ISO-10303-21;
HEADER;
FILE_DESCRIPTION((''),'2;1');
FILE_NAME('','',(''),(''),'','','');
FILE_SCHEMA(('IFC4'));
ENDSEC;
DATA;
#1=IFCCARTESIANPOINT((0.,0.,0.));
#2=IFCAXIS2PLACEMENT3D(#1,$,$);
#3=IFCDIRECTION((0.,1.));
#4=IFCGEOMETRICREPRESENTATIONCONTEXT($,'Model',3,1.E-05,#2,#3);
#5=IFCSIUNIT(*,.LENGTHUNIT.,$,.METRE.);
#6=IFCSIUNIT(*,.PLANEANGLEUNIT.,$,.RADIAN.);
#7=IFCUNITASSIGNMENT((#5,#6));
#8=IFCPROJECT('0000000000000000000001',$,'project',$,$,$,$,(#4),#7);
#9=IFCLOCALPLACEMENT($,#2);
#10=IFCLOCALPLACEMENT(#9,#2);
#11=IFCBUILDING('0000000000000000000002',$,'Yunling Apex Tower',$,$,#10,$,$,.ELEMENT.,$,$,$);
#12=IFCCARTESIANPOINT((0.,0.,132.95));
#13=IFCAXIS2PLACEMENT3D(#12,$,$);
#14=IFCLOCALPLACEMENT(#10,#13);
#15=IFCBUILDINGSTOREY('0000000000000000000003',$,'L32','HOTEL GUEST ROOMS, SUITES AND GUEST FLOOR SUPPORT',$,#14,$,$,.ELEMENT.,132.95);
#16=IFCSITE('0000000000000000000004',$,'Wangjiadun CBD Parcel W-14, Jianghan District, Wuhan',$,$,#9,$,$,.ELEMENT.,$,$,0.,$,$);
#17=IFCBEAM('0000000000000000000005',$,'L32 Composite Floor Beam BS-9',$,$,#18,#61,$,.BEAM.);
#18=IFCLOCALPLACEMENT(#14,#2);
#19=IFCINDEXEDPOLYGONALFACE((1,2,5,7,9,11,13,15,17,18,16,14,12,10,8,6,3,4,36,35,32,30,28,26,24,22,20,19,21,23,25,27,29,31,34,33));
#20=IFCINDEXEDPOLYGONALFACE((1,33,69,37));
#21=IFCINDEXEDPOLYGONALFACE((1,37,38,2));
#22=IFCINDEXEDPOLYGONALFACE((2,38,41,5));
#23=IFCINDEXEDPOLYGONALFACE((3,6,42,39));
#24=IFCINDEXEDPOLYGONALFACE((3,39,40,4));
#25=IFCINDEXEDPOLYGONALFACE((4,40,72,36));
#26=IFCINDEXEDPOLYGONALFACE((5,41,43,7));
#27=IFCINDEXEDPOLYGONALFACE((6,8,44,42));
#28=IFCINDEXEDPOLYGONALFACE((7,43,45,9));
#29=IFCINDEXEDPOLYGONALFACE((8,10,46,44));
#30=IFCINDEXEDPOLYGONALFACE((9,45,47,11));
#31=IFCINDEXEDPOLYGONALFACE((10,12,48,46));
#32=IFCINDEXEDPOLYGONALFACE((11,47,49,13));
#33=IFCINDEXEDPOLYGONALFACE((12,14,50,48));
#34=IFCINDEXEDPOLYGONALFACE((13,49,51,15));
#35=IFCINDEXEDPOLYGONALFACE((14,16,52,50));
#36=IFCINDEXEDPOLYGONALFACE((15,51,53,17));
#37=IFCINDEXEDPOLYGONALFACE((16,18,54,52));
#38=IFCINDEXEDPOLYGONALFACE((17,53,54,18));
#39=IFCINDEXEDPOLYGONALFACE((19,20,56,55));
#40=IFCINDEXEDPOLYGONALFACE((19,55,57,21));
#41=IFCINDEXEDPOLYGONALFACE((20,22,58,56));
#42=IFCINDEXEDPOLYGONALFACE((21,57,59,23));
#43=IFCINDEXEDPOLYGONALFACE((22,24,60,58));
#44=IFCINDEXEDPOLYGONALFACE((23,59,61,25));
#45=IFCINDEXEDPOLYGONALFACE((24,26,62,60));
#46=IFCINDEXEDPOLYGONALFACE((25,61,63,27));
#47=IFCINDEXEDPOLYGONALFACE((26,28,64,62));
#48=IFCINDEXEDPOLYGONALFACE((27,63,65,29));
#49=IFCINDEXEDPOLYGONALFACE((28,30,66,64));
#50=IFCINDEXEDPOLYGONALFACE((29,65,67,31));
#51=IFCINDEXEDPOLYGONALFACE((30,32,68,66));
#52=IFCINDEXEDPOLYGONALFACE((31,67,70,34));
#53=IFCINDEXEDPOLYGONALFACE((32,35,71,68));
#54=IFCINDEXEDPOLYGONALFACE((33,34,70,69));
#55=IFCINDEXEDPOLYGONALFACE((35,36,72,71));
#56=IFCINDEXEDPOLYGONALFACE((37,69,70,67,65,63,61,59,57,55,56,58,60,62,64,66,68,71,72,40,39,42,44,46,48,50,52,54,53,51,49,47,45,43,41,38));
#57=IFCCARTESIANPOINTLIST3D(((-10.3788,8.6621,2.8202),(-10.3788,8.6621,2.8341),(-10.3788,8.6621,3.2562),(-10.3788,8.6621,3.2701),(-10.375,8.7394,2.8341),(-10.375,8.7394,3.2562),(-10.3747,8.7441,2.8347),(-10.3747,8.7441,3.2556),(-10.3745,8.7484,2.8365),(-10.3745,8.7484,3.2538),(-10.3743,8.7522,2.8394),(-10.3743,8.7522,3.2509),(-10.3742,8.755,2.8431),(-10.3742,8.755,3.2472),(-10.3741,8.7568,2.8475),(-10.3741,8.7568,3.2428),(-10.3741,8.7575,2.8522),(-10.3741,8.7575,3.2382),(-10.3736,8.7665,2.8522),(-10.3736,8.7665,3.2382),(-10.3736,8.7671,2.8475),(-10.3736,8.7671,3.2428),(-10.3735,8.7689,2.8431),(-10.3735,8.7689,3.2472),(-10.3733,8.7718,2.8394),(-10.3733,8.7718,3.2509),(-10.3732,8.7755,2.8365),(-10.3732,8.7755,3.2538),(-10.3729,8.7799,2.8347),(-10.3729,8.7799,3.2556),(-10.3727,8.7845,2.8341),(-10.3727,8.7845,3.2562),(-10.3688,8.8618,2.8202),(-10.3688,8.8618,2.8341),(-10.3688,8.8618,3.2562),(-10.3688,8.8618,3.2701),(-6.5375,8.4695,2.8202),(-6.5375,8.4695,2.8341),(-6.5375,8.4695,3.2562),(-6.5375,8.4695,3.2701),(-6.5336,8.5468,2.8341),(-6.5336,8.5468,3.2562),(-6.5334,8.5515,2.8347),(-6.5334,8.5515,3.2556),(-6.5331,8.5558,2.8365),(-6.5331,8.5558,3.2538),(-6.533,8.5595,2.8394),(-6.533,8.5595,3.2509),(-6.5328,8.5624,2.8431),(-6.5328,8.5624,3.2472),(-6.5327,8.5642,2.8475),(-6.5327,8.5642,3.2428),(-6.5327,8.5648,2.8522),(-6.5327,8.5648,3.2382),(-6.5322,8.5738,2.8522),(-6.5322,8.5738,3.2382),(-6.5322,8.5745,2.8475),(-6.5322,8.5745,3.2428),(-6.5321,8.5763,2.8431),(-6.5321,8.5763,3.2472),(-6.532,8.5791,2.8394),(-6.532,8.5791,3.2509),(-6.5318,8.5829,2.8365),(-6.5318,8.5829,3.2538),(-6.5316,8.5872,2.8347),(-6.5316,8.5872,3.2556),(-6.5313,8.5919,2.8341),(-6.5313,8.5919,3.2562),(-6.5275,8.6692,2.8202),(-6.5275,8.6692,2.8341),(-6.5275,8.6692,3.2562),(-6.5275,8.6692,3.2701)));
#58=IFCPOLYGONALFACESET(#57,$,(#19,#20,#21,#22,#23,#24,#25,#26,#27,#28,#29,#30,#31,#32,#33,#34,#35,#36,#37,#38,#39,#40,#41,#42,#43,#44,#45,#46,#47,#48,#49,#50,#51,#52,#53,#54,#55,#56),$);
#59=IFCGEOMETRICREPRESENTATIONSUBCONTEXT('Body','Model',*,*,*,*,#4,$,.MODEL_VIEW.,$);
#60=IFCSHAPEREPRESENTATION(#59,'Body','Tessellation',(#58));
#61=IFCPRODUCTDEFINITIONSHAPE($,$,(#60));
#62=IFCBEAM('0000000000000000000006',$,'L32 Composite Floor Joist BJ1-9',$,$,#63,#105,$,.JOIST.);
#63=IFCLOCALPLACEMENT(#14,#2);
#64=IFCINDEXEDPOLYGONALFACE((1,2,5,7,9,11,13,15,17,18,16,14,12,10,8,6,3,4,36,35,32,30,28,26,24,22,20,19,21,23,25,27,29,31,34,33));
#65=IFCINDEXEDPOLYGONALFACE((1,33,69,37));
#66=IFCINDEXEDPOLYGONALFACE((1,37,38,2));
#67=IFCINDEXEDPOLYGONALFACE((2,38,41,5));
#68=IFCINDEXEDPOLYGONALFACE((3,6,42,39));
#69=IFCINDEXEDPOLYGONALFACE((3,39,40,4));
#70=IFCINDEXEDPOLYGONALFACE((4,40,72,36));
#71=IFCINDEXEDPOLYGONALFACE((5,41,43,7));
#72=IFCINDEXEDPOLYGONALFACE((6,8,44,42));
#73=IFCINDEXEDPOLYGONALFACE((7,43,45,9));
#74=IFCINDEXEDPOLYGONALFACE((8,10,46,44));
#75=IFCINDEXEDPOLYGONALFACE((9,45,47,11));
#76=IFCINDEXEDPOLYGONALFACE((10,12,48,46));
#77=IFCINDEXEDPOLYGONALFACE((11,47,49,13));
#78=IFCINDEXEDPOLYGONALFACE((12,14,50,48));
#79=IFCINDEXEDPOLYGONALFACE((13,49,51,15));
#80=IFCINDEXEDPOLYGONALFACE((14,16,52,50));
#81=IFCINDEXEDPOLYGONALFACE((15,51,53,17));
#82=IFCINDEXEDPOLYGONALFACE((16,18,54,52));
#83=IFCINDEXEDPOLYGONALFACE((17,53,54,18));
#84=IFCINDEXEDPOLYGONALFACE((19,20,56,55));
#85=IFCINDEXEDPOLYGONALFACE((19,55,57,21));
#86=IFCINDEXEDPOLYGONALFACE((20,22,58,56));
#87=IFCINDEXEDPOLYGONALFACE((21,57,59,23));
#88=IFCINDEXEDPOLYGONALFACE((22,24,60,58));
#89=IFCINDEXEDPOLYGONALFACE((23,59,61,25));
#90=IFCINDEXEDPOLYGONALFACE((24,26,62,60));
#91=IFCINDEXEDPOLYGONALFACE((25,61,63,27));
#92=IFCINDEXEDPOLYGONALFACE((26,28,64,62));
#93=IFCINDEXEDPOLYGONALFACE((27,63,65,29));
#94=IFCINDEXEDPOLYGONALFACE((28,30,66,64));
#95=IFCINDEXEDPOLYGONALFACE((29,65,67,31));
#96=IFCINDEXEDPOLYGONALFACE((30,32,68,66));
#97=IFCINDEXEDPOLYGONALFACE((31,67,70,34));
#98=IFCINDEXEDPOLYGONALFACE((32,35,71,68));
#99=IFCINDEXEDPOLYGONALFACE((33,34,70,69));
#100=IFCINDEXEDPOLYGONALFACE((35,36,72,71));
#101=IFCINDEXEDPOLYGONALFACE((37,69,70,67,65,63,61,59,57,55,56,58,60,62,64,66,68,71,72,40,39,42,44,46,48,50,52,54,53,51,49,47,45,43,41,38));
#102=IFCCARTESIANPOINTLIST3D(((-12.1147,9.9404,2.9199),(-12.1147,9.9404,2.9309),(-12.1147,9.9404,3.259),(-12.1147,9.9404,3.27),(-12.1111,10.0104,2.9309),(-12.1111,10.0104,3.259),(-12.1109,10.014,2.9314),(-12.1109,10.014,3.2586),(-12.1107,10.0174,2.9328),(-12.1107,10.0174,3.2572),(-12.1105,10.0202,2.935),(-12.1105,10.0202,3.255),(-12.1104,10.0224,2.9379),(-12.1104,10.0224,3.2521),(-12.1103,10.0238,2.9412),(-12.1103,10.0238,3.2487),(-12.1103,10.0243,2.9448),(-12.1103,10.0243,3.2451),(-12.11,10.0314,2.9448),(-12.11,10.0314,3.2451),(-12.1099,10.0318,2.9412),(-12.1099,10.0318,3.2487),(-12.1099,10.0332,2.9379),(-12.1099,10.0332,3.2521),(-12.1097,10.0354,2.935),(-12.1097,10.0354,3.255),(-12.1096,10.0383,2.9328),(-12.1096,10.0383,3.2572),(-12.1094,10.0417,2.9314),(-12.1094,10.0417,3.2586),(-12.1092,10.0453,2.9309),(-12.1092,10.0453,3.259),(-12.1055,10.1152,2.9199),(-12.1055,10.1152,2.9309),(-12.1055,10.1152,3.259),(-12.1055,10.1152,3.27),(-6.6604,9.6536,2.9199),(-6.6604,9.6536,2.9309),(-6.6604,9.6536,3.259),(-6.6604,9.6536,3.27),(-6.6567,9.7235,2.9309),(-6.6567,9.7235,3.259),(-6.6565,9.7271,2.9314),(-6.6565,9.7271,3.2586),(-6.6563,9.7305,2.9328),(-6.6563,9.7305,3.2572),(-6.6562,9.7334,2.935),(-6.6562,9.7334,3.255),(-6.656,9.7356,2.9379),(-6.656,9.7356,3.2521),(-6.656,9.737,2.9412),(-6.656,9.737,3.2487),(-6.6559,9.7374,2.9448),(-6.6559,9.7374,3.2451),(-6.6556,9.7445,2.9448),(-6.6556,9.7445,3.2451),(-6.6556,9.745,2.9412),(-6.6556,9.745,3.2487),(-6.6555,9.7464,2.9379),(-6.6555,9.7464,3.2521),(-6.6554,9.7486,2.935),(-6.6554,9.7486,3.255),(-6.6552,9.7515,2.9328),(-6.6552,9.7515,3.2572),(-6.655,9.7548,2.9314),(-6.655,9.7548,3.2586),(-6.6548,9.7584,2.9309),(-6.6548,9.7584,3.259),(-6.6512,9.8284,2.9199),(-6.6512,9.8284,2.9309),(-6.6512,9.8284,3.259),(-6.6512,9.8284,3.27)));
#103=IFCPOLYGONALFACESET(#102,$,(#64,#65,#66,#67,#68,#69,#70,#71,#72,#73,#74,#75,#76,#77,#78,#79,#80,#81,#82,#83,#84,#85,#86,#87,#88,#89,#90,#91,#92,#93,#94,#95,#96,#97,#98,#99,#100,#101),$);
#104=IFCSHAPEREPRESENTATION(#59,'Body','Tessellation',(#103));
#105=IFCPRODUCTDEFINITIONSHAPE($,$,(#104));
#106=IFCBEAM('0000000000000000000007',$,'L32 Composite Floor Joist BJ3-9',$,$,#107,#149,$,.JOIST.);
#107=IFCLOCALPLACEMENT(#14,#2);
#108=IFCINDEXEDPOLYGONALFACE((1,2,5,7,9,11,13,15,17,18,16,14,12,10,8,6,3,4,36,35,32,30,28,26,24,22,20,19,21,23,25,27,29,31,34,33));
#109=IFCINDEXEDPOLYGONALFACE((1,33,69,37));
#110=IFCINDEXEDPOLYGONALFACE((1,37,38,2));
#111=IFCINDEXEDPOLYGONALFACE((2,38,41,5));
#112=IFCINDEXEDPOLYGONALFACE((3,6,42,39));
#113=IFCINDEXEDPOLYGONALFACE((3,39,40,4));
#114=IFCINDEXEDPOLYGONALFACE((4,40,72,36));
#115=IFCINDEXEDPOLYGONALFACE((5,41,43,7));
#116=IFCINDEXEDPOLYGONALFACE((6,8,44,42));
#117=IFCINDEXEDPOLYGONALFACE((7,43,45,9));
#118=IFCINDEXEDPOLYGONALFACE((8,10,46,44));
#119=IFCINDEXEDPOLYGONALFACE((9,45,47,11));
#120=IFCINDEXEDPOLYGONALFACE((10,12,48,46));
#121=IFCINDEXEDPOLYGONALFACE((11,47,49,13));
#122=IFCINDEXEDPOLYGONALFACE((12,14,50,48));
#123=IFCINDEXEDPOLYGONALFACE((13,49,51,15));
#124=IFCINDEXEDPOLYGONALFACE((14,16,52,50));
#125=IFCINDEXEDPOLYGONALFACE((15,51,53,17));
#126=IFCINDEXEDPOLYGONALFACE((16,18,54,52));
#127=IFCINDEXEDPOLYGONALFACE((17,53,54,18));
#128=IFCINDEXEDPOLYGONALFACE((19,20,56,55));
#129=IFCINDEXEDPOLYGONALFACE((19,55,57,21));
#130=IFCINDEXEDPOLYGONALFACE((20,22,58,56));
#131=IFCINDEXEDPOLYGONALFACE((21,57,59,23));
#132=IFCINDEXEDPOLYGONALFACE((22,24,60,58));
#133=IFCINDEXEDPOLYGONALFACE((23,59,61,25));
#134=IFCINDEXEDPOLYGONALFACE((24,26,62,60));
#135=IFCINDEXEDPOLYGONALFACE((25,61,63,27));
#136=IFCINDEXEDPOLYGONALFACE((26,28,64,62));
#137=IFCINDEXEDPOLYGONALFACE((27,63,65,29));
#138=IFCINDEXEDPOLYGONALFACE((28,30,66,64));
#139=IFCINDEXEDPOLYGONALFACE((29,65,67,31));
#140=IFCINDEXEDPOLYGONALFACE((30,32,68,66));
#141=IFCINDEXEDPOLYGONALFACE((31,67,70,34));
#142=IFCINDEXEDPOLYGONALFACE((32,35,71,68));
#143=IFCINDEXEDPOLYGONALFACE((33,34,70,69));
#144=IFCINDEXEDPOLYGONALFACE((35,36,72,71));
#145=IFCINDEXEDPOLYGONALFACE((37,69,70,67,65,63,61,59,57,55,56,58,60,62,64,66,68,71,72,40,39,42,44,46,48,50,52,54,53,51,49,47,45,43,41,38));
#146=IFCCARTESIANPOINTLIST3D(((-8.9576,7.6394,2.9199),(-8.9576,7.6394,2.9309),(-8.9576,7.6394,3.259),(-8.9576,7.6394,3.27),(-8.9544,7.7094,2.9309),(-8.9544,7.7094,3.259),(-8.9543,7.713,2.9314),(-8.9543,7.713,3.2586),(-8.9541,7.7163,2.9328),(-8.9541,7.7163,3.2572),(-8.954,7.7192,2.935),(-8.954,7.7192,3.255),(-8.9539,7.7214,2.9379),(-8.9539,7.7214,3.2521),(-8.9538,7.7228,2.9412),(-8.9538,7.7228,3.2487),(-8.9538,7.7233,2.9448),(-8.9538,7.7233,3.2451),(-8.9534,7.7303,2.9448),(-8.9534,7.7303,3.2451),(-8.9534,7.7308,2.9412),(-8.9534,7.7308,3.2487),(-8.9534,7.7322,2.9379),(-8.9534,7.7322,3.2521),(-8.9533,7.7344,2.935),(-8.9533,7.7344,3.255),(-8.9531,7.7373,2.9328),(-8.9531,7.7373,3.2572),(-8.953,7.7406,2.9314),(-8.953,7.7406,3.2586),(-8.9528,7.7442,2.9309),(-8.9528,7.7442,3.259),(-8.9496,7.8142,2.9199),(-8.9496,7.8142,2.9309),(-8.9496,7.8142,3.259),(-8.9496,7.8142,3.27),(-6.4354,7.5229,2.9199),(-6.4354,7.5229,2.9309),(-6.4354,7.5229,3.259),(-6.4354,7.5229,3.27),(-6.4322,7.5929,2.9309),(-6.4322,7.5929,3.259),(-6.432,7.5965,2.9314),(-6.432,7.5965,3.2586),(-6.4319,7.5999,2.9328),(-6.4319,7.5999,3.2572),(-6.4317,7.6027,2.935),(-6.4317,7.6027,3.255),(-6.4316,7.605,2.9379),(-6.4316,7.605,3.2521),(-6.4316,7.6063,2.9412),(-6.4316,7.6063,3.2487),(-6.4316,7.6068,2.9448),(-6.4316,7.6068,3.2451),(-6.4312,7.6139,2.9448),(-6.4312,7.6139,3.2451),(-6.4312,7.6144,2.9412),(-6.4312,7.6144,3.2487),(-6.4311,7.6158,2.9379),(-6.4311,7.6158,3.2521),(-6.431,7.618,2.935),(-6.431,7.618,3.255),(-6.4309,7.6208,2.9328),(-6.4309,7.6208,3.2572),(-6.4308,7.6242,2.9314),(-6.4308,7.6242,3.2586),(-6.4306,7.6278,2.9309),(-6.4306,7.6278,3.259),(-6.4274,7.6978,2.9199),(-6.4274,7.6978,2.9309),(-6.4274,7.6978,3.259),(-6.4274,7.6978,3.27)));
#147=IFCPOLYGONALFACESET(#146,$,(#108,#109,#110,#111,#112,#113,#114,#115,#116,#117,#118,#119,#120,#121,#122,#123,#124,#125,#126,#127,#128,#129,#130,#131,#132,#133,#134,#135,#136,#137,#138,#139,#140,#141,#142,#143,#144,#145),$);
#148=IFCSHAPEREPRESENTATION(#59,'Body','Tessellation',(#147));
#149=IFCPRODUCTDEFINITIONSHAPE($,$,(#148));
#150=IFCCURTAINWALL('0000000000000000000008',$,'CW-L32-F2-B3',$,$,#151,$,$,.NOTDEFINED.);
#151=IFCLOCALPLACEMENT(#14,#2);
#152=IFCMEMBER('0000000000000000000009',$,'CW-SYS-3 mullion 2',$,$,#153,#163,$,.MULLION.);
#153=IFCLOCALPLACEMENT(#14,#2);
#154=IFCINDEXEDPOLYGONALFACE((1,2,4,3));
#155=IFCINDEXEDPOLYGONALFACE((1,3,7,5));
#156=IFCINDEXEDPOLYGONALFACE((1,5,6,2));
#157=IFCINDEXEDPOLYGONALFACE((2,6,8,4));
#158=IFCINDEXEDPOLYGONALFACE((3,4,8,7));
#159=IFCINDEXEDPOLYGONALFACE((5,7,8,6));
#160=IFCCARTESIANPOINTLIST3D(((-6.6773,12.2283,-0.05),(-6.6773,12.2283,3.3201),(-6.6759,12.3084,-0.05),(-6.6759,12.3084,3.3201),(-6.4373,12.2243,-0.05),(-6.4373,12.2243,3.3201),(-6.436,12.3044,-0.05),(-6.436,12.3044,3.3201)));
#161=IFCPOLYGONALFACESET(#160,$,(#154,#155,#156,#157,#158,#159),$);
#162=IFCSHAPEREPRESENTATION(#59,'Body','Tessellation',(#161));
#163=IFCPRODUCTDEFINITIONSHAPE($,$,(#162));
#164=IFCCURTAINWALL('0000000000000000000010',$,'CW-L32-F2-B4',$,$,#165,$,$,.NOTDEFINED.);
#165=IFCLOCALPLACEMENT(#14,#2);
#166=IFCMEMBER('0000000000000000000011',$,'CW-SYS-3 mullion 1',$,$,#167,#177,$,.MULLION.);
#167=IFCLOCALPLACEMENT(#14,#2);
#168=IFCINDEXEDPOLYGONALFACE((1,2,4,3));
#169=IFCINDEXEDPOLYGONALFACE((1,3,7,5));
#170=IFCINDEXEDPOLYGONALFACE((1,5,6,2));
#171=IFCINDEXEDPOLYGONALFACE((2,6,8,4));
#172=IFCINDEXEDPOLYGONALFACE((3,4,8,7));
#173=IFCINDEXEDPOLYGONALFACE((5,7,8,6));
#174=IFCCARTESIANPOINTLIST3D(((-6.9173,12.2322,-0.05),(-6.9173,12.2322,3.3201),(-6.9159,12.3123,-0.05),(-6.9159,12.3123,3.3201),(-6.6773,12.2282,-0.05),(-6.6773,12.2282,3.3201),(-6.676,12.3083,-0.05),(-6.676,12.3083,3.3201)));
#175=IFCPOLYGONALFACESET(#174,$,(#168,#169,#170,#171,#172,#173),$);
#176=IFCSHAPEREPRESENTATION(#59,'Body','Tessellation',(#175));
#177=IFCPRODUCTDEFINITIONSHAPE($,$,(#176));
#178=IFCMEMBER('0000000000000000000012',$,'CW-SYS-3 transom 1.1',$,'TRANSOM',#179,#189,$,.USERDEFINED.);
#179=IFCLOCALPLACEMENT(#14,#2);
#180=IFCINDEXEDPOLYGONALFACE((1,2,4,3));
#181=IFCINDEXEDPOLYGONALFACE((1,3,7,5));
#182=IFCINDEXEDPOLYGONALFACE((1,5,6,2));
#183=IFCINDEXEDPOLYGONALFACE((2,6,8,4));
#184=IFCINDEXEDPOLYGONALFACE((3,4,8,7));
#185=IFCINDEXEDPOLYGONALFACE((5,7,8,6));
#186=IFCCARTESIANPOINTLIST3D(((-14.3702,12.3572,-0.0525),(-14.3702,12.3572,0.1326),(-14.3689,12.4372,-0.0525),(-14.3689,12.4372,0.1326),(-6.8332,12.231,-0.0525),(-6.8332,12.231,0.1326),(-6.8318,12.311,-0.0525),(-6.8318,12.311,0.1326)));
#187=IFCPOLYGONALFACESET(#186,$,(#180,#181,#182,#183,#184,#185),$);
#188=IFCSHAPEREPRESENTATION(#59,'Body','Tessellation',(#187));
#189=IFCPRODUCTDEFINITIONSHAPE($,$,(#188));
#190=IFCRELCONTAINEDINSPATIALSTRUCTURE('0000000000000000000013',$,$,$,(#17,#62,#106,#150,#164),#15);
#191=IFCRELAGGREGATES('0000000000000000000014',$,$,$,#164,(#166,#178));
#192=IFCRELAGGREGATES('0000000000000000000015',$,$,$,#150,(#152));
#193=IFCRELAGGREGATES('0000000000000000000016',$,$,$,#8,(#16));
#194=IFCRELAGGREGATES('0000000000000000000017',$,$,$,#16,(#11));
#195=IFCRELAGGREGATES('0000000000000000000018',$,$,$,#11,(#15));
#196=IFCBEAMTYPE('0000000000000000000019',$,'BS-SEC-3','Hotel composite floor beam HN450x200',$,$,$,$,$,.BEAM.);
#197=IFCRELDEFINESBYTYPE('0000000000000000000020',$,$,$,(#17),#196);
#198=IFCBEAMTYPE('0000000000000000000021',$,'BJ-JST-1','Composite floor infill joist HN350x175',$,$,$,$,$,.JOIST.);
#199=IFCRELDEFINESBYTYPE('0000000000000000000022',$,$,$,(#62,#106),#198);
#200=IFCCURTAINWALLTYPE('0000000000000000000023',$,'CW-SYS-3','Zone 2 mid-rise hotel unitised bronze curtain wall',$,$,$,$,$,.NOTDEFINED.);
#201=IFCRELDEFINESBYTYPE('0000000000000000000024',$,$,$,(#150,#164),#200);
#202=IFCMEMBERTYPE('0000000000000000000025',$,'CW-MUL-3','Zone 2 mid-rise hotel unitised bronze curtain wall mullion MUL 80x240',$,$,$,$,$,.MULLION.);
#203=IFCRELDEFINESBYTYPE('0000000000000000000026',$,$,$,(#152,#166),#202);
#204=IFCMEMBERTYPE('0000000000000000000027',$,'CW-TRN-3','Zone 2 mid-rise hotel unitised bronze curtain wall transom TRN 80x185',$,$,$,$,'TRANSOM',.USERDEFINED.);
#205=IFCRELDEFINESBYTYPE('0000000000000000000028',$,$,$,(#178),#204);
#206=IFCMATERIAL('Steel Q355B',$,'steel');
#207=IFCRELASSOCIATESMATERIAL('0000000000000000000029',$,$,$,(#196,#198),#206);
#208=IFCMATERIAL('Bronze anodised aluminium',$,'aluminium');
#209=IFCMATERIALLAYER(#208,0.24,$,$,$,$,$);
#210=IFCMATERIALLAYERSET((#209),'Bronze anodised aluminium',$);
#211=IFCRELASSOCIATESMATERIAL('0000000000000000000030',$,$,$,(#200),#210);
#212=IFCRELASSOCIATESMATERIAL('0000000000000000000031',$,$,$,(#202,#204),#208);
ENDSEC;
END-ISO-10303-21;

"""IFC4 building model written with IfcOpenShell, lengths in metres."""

from ifc_helpers import new_model, si_unit, direction, frame, origin, origin_2d, place, context, subcontext, project, spatial, rectangle, i_section, extrude, source, transform, mapped, material, layer, layer_set, material_profile, profile_set, type_object, element, aggregate, save


model = new_model("IFC4")

# Units and contexts
model_context = context("Model", 3, precision=1e-05, world=origin(), true_north=direction((0.0, 1.0)))
body_context = subcontext(model_context, "Body", "Model", "MODEL_VIEW")
ifc_project = project(units=[si_unit("LENGTHUNIT", "METRE"), si_unit("PLANEANGLEUNIT", "RADIAN")], contexts=[model_context])

# Site, building, storey
site_placement = place(None, origin())
site = spatial("IfcSite", under=ifc_project, at=site_placement, Name="Wangjiadun CBD Parcel W-14, Jianghan District, Wuhan", CompositionType="ELEMENT", RefElevation=0.0)
building_placement = place(site_placement, origin())
building = spatial("IfcBuilding", under=site, at=building_placement, Name="Yunling Apex Tower", CompositionType="ELEMENT")
storey_placement = place(building_placement, frame((0.0, 0.0, 132.95)))
storey = spatial("IfcBuildingStorey", under=building, at=storey_placement, Name="L32", Description="HOTEL GUEST ROOMS, SUITES AND GUEST FLOOR SUPPORT", CompositionType="ELEMENT", Elevation=132.95)

# Beams
ifc_material_1 = material(Name="Steel Q355B", Category="steel")
ifc_material_profile_1 = material_profile(ifc_material_1, i_section(OverallWidth=0.2, OverallDepth=0.45, WebThickness=0.009, FlangeThickness=0.0139, FilletRadius=0.0181, at=origin_2d()))
ifc_profile_set_1 = profile_set([ifc_material_profile_1], Name="Steel Q355B")
beam_type_1 = type_object("IfcBeamType", Name="BS-SEC-3", Description="Hotel composite floor beam HN450x200", PredefinedType="BEAM", material=ifc_profile_set_1)
shared_shape_1 = source(origin(), body_context, "Body", "SweptSolid", [
    extrude(i_section(OverallWidth=0.2, OverallDepth=0.45, WebThickness=0.009, FlangeThickness=0.0139, FilletRadius=0.0181, at=origin_2d()), origin(), (0.0, 0.0, 1.0), 3.8462),
])
beam_1_placement = place(storey_placement, frame((-6.5325, 8.5693, 3.0452), z_axis=(-0.998745, 0.050083, 0.0), x_axis=(-0.050083, -0.998745, 0.0)))
element("IfcBeam", 1, at=beam_1_placement, inside=storey, type_object=beam_type_1, Name="L32 Composite Floor Beam BS-9", PredefinedType="BEAM", context=body_context, shape_type="MappedRepresentation", body=[
    mapped(shared_shape_1, transform((0.0, 0.0, 0.0), scale=1.0)),
])
ifc_material_profile_2 = material_profile(ifc_material_1, i_section(OverallWidth=0.175, OverallDepth=0.3501, WebThickness=0.0071, FlangeThickness=0.011, FilletRadius=0.0139, at=origin_2d()))
ifc_profile_set_2 = profile_set([ifc_material_profile_2], Name="Steel Q355B")
beam_type_2 = type_object("IfcBeamType", Name="BJ-JST-1", Description="Composite floor infill joist HN350x175", PredefinedType="JOIST", material=ifc_profile_set_2)
shared_shape_2 = source(origin(), body_context, "Body", "SweptSolid", [
    extrude(i_section(OverallWidth=0.175, OverallDepth=0.3501, WebThickness=0.0071, FlangeThickness=0.011, FilletRadius=0.0139, at=origin_2d()), origin(), (0.0, 0.0, 1.0), 5.4619),
])
beam_2_placement = place(storey_placement, frame((-6.6558, 9.741, 3.095), z_axis=(-0.99862, 0.052521, 0.0), x_axis=(-0.052521, -0.99862, 0.0)))
element("IfcBeam", 2, at=beam_2_placement, inside=storey, type_object=beam_type_2, Name="L32 Composite Floor Joist BJ1-9", PredefinedType="JOIST", context=body_context, shape_type="MappedRepresentation", body=[
    mapped(shared_shape_2, transform((0.0, 0.0, 0.0), scale=1.0)),
])
shared_shape_3 = source(origin(), body_context, "Body", "SweptSolid", [
    extrude(i_section(OverallWidth=0.175, OverallDepth=0.3501, WebThickness=0.0071, FlangeThickness=0.011, FilletRadius=0.0139, at=origin_2d()), origin(), (0.0, 0.0, 1.0), 2.5249),
])
beam_3_placement = place(storey_placement, frame((-6.4314, 7.6104, 3.095), z_axis=(-0.998936, 0.046123, 0.0), x_axis=(-0.046123, -0.998936, 0.0)))
element("IfcBeam", 3, at=beam_3_placement, inside=storey, type_object=beam_type_2, Name="L32 Composite Floor Joist BJ3-9", PredefinedType="JOIST", context=body_context, shape_type="MappedRepresentation", body=[
    mapped(shared_shape_3, transform((0.0, 0.0, 0.0), scale=1.0)),
])

# Curtain wall, member
ifc_material_2 = material(Name="Bronze anodised aluminium", Category="aluminium")
ifc_layer_1 = layer(ifc_material_2, 0.24)
ifc_layer_set_1 = layer_set([ifc_layer_1], Name="Bronze anodised aluminium")
curtain_wall_type = type_object("IfcCurtainWallType", Name="CW-SYS-3", Description="Zone 2 mid-rise hotel unitised bronze curtain wall", PredefinedType="NOTDEFINED", material=ifc_layer_set_1)
curtain_wall_1_placement = place(storey_placement, origin())
curtain_wall_1 = element("IfcCurtainWall", 4, at=curtain_wall_1_placement, inside=storey, type_object=curtain_wall_type, Name="CW-L32-F2-B3", PredefinedType="NOTDEFINED")
ifc_material_profile_3 = material_profile(ifc_material_2, rectangle(XDim=0.0801, YDim=0.24, at=origin_2d()))
ifc_profile_set_3 = profile_set([ifc_material_profile_3], Name="Bronze anodised aluminium")
member_type_1 = type_object("IfcMemberType", Name="CW-MUL-3", Description="Zone 2 mid-rise hotel unitised bronze curtain wall mullion MUL 80x240", PredefinedType="MULLION", material=ifc_profile_set_3)
shared_shape_4 = source(origin(), body_context, "Body", "SweptSolid", [
    extrude(rectangle(XDim=0.0801, YDim=0.24, at=origin_2d()), origin(), (0.0, 0.0, 1.0), 3.3701),
])
member_1_placement = place(storey_placement, frame((-6.5566, 12.2664, -0.05), z_axis=(0.0, 0.0, 1.0), x_axis=(-0.016762, -0.99986, 0.0)))
member_1 = element("IfcMember", 5, at=member_1_placement, type_object=member_type_1, Name="CW-SYS-3 mullion 2", PredefinedType="MULLION", context=body_context, shape_type="MappedRepresentation", body=[
    mapped(shared_shape_4, transform((0.0, 0.0, 0.0), scale=1.0)),
])

# Curtain wall, members
curtain_wall_2_placement = place(storey_placement, origin())
curtain_wall_2 = element("IfcCurtainWall", 6, at=curtain_wall_2_placement, inside=storey, type_object=curtain_wall_type, Name="CW-L32-F2-B4", PredefinedType="NOTDEFINED")
member_2_placement = place(storey_placement, frame((-6.7966, 12.2703, -0.05), z_axis=(0.0, 0.0, 1.0), x_axis=(-0.016762, -0.99986, 0.0)))
member_2 = element("IfcMember", 7, at=member_2_placement, type_object=member_type_1, Name="CW-SYS-3 mullion 1", PredefinedType="MULLION", context=body_context, shape_type="MappedRepresentation", body=[
    mapped(shared_shape_4, transform((0.0, 0.0, 0.0), scale=1.0)),
])
ifc_material_profile_4 = material_profile(ifc_material_2, rectangle(XDim=0.0801, YDim=0.1851, at=origin_2d()))
ifc_profile_set_4 = profile_set([ifc_material_profile_4], Name="Bronze anodised aluminium")
member_type_2 = type_object("IfcMemberType", Name="CW-TRN-3", Description="Zone 2 mid-rise hotel unitised bronze curtain wall transom TRN 80x185", ElementType="TRANSOM", PredefinedType="USERDEFINED", material=ifc_profile_set_4)
shared_shape_5 = source(origin(), body_context, "Body", "SweptSolid", [
    extrude(rectangle(XDim=0.0801, YDim=0.1851, at=origin_2d()), origin(), (0.0, 0.0, 1.0), 7.5381),
])
member_3_placement = place(storey_placement, frame((-6.8325, 12.271, 0.04), z_axis=(-0.99986, 0.016744, 0.0), x_axis=(-0.016744, -0.99986, 0.0)))
member_3 = element("IfcMember", 8, at=member_3_placement, type_object=member_type_2, Name="CW-SYS-3 transom 1.1", ObjectType="TRANSOM", PredefinedType="USERDEFINED", context=body_context, shape_type="MappedRepresentation", body=[
    mapped(shared_shape_5, transform((0.0, 0.0, 0.0), scale=1.0)),
])
aggregate(curtain_wall_2, [member_2, member_3])

aggregate(curtain_wall_1, [member_1])

save(model, "model.ifc")
